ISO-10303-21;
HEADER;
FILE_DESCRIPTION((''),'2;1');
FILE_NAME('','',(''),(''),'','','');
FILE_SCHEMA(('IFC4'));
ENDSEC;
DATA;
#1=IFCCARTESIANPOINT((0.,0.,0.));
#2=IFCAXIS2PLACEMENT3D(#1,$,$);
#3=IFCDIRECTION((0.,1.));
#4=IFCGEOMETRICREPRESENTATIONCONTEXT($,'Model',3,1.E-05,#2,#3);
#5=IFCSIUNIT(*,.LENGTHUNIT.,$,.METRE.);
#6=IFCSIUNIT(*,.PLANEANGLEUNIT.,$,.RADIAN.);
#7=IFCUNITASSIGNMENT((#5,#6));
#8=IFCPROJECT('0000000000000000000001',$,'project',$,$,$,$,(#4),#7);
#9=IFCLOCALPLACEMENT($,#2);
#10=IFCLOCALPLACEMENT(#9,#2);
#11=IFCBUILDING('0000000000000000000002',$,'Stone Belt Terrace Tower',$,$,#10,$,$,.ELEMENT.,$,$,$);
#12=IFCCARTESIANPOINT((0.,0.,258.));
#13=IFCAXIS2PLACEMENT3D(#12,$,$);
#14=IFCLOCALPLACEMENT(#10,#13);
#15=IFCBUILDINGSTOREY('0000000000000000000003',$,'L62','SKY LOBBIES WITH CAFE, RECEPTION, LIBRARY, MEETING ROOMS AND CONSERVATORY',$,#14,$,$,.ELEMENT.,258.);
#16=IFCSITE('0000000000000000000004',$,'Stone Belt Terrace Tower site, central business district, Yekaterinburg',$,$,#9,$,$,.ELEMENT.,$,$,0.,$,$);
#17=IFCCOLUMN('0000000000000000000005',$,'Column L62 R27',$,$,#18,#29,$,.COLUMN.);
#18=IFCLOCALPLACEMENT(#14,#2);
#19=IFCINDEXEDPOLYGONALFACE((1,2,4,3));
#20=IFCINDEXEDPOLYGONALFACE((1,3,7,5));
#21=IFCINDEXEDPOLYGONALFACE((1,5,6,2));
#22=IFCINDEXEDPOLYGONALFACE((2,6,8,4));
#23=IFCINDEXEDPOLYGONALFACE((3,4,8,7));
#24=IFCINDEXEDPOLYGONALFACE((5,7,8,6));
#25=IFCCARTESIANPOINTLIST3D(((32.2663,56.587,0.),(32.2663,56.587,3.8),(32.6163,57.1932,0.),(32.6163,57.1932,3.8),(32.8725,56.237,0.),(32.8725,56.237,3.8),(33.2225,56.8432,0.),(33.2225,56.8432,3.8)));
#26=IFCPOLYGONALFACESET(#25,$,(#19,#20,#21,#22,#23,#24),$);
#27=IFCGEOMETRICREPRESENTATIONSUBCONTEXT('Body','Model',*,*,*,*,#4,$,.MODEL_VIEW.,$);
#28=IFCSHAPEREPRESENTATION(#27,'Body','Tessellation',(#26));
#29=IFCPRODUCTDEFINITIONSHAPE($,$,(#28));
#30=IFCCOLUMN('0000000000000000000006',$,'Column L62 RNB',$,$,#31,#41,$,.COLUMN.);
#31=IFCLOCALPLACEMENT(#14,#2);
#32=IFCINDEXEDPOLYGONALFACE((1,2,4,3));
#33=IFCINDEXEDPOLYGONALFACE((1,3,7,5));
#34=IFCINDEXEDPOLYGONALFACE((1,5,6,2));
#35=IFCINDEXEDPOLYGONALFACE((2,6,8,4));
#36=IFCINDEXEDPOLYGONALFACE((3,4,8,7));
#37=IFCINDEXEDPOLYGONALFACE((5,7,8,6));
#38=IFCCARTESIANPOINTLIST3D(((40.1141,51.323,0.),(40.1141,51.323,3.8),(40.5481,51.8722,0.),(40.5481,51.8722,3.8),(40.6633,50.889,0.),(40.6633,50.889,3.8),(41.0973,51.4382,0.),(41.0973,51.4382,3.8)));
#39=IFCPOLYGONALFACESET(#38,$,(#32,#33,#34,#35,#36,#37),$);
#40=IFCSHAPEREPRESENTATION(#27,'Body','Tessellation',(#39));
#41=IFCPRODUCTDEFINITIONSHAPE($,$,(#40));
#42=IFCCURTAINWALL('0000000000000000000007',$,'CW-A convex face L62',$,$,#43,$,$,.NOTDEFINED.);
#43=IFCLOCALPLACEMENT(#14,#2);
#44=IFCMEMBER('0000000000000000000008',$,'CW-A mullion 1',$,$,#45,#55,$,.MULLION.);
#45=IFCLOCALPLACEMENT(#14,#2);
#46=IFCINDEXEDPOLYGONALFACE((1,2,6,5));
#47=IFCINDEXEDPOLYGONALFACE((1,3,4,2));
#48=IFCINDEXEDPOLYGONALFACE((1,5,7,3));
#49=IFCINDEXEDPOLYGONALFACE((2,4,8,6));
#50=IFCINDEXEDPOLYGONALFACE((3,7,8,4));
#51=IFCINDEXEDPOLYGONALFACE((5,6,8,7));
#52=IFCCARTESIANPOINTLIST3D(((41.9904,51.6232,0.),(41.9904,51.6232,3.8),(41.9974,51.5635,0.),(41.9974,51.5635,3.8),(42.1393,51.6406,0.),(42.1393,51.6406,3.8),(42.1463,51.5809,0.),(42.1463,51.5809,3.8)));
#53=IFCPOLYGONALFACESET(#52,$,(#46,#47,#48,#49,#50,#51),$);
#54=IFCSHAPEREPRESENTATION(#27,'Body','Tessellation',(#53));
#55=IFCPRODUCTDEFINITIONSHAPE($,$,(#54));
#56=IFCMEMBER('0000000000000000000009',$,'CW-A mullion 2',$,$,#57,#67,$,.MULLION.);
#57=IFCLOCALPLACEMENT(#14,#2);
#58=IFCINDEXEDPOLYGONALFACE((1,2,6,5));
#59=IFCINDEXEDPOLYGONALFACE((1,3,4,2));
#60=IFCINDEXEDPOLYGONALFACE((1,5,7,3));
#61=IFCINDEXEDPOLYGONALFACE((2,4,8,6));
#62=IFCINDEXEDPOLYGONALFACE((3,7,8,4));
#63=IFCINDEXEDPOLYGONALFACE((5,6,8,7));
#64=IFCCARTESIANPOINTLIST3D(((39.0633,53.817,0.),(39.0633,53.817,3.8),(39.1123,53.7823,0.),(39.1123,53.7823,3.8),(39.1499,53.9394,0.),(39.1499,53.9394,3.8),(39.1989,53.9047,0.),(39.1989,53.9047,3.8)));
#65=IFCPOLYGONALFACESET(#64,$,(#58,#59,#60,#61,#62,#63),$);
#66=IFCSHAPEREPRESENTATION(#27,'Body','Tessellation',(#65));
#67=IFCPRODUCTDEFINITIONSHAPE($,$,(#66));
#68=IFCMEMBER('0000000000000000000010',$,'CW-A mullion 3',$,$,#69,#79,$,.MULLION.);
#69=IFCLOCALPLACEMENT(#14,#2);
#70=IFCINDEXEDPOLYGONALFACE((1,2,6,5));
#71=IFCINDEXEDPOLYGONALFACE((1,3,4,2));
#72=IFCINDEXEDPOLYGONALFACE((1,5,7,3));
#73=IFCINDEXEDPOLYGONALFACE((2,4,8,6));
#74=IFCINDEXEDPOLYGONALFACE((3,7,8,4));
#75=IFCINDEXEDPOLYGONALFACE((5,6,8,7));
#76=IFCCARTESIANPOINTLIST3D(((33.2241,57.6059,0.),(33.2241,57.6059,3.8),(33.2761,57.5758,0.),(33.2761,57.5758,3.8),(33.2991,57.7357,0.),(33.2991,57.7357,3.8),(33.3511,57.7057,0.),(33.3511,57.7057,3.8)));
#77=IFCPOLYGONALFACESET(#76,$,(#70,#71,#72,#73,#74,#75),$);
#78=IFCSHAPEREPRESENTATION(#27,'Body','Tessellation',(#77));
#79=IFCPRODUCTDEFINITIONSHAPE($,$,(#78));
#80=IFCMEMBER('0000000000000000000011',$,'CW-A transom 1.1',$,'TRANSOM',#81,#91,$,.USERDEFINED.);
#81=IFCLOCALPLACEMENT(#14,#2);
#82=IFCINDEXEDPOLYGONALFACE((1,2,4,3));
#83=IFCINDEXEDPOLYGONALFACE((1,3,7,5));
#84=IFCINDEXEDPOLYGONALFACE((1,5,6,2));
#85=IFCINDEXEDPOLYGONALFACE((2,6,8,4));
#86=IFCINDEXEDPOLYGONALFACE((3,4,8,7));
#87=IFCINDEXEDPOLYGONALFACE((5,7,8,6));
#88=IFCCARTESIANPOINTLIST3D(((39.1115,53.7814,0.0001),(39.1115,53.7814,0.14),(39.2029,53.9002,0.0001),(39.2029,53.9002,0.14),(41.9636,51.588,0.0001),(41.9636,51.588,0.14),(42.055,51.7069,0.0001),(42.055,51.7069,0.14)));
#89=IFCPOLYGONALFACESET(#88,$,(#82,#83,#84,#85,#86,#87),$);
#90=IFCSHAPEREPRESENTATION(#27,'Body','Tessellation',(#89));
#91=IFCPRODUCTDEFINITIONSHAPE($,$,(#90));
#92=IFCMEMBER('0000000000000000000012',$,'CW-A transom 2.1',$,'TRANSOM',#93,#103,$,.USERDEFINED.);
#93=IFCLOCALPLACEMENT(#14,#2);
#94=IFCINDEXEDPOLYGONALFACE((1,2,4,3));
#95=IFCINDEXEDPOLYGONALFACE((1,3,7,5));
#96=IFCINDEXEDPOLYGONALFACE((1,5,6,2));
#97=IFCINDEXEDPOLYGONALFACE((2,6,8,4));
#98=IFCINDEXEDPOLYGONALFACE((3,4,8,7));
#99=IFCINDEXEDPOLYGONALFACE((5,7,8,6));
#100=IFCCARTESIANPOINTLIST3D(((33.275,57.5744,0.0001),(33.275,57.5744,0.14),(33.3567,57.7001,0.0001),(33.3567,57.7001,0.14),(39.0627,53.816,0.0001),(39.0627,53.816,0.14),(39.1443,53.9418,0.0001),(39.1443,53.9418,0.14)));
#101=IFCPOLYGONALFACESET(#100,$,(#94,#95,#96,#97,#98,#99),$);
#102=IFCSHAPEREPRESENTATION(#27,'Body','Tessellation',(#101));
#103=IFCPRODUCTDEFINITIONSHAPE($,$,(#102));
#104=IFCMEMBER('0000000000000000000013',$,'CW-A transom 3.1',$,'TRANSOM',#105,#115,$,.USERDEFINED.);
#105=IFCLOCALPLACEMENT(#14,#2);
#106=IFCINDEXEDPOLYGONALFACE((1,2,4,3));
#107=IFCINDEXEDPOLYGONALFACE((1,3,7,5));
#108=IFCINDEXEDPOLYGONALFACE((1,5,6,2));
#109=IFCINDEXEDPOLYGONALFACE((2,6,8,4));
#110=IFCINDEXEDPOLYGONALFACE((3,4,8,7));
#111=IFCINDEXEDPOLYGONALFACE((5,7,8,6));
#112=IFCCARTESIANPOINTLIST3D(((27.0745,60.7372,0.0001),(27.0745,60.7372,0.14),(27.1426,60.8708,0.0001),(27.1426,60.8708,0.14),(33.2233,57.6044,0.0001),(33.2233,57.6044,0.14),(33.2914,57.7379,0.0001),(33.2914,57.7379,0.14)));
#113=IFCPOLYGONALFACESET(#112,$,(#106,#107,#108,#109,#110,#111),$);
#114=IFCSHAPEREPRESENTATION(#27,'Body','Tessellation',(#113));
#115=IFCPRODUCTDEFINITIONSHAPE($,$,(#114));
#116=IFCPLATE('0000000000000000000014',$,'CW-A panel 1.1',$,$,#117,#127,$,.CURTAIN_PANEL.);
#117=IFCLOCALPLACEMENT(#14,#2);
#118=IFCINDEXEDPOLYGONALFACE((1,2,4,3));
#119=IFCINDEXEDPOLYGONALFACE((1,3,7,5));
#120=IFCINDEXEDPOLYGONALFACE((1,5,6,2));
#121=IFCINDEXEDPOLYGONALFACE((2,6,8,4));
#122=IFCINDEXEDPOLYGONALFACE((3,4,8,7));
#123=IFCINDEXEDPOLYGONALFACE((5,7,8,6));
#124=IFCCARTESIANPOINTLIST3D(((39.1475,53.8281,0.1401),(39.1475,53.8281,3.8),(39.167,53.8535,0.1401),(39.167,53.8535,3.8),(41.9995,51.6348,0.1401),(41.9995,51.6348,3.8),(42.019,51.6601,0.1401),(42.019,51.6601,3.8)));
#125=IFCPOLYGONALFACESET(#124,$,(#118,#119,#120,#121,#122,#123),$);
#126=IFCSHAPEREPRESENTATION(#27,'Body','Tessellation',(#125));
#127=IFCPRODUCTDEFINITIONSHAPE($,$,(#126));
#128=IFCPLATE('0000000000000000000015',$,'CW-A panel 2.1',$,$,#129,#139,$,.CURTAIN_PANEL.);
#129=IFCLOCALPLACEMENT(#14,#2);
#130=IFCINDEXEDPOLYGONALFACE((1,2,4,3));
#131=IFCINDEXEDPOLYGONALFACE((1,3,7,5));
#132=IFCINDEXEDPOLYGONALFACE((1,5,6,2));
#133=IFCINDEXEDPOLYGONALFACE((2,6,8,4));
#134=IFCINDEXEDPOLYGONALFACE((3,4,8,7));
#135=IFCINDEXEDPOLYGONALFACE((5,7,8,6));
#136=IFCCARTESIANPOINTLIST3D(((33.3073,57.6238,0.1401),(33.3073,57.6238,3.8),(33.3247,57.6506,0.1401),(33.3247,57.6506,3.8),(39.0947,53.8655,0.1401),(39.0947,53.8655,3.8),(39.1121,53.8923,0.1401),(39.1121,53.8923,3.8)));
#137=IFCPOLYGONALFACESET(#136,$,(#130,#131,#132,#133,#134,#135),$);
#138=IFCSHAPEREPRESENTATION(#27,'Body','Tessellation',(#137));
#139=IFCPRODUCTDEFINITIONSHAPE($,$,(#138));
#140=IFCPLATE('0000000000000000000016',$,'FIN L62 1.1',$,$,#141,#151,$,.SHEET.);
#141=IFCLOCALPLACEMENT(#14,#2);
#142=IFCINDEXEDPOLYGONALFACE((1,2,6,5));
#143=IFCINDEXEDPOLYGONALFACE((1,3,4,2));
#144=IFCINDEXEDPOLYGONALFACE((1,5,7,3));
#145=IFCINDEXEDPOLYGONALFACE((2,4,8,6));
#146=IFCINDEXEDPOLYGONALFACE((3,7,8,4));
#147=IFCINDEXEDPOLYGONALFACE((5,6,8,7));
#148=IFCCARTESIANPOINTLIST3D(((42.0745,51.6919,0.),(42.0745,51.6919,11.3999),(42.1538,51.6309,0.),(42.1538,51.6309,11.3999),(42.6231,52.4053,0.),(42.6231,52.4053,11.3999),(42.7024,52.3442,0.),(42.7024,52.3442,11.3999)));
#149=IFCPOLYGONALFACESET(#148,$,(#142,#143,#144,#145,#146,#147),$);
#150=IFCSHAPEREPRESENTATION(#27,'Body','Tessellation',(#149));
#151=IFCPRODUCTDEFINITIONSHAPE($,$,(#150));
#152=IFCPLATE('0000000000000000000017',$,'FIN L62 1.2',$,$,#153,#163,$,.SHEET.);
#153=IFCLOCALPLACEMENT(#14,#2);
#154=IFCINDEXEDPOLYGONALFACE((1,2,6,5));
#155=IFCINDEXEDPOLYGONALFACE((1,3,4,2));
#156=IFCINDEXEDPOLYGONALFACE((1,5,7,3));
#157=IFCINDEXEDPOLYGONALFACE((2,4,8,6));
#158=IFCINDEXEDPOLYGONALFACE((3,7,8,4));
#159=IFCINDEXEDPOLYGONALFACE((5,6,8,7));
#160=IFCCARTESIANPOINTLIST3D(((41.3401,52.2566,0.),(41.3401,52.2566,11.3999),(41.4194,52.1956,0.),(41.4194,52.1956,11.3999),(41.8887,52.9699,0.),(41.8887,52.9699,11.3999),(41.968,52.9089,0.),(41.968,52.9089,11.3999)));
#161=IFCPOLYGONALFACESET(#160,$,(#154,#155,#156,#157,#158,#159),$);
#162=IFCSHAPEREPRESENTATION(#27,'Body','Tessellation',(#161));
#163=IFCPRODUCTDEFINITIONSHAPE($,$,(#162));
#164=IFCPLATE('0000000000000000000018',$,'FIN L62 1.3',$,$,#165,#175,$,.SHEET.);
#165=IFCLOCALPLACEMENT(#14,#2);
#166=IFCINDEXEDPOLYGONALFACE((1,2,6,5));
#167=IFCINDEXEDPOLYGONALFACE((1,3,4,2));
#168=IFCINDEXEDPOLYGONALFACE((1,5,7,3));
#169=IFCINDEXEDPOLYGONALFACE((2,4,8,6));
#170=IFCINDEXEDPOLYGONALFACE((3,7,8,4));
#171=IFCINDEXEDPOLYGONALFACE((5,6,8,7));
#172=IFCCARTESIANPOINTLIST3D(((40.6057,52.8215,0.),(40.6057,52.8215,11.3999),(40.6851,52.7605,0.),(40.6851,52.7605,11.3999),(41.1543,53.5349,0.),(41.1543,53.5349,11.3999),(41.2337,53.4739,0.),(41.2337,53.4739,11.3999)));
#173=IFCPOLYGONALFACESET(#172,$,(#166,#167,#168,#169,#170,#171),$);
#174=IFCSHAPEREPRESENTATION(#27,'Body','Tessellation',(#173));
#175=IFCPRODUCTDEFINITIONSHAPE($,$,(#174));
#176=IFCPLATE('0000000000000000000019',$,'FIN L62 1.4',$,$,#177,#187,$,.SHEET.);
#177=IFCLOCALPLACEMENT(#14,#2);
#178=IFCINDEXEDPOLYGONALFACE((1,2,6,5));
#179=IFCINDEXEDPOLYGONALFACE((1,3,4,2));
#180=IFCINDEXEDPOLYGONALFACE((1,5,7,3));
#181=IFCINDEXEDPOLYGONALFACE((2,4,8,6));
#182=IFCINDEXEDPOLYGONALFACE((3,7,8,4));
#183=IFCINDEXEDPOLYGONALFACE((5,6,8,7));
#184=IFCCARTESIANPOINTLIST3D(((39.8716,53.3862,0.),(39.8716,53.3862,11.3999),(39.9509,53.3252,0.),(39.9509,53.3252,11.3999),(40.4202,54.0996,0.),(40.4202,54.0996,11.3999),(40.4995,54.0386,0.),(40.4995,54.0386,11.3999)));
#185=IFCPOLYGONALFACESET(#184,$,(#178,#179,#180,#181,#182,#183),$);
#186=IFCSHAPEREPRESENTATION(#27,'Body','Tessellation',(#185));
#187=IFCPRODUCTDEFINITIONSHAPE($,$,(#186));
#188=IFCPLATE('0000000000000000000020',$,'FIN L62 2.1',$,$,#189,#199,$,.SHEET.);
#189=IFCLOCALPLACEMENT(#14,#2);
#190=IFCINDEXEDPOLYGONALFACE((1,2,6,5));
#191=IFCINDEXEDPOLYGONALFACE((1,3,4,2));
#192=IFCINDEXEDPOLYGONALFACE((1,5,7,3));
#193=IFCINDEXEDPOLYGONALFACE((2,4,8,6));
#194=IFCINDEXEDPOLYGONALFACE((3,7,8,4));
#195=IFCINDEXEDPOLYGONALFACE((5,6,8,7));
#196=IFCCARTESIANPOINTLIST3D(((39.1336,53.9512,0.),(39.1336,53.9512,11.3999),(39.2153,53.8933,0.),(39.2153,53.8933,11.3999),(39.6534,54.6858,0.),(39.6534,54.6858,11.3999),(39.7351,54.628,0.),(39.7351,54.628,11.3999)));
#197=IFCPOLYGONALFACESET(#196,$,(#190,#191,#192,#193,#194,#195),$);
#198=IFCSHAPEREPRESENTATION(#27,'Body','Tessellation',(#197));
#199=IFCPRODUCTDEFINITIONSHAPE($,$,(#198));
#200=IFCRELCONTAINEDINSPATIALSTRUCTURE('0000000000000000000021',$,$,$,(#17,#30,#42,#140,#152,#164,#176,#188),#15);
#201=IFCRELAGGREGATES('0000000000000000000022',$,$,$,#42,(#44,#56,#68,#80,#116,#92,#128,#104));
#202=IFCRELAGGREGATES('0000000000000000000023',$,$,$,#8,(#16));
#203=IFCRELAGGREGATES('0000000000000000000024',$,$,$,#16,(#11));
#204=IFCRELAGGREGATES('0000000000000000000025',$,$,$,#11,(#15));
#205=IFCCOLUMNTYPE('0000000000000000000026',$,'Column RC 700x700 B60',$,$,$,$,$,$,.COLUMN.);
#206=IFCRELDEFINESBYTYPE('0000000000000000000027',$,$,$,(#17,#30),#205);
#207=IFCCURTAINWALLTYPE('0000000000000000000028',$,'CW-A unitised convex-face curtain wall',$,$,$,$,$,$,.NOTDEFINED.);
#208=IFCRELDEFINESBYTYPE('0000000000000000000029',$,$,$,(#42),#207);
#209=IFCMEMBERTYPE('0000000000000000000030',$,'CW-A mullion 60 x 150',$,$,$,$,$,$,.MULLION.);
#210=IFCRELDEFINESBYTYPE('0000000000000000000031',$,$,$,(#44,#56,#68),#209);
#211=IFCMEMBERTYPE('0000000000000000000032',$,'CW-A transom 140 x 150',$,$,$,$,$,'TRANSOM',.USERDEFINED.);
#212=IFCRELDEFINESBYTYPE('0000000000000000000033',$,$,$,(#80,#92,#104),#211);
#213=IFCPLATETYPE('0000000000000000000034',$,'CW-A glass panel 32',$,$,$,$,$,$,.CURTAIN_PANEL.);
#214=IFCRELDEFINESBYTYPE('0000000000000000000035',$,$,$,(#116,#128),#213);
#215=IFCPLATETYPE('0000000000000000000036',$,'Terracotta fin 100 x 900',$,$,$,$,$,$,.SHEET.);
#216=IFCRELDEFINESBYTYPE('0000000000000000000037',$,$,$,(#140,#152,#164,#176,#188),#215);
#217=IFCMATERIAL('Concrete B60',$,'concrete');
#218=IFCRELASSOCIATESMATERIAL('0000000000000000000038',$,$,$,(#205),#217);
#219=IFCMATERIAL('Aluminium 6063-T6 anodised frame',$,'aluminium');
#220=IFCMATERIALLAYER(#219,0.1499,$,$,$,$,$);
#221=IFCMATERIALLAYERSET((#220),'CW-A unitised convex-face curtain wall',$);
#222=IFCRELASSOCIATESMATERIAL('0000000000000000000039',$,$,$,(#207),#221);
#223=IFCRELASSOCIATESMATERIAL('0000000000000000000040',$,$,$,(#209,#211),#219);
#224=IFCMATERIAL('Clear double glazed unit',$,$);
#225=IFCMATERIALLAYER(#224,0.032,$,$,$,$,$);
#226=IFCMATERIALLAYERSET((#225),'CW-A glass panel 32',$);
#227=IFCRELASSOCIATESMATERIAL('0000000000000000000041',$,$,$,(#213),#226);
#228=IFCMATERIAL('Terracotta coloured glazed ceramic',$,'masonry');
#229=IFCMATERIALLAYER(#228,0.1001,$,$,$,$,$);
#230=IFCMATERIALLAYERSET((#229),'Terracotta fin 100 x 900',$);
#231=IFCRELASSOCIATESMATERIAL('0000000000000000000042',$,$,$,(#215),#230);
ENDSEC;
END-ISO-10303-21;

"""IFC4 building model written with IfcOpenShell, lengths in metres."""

from ifc_helpers import new_model, si_unit, direction, frame, origin, origin_2d, place, context, subcontext, project, spatial, rectangle, extrude, material, layer, layer_set, material_profile, profile_set, type_object, element, aggregate, save


model = new_model("IFC4")

# Units and contexts
model_context = context("Model", 3, precision=1e-05, world=origin(), true_north=direction((0.0, 1.0)))
body_context = subcontext(model_context, "Body", "Model", "MODEL_VIEW")
ifc_project = project(units=[si_unit("LENGTHUNIT", "METRE"), si_unit("PLANEANGLEUNIT", "RADIAN")], contexts=[model_context])

# Site, building, storey
site_placement = place(None, origin())
site = spatial("IfcSite", under=ifc_project, at=site_placement, Name="Stone Belt Terrace Tower site, central business district, Yekaterinburg", CompositionType="ELEMENT", RefElevation=0.0)
building_placement = place(site_placement, origin())
building = spatial("IfcBuilding", under=site, at=building_placement, Name="Stone Belt Terrace Tower", CompositionType="ELEMENT")
storey_placement = place(building_placement, frame((0.0, 0.0, 258.0)))
storey = spatial("IfcBuildingStorey", under=building, at=storey_placement, Name="L62", Description="SKY LOBBIES WITH CAFE, RECEPTION, LIBRARY, MEETING ROOMS AND CONSERVATORY", CompositionType="ELEMENT", Elevation=258.0)

# Columns
ifc_material_1 = material(Name="Concrete B60", Category="concrete")
ifc_material_profile_1 = material_profile(ifc_material_1, rectangle(XDim=0.7, YDim=0.7, at=origin_2d()), Name="RC 700x700")
ifc_profile_set_1 = profile_set([ifc_material_profile_1], Name="Concrete B60")
column_type = type_object("IfcColumnType", Name="Column RC 700x700 B60", PredefinedType="COLUMN", material=ifc_profile_set_1)
for number, where, z_axis, x_axis, name in (
    (1, (32.7444, 56.7151, 0.0), (0.0, 0.0, 1.0), (0.866025, -0.5, 0.0), "Column L62 R27"),
    (2, (40.6057, 51.3806, 0.0), (0.0, 0.0, 1.0), (0.78457, -0.620041, 0.0), "Column L62 RNB"),
):
    element("IfcColumn", number, at=place(storey_placement, frame(where, z_axis=z_axis, x_axis=x_axis)), inside=storey, type_object=column_type, Name=name, PredefinedType="COLUMN", context=body_context, shape_type="SweptSolid", body=[
        extrude(rectangle(XDim=0.7, YDim=0.7, at=origin_2d()), origin(), (0.0, 0.0, 1.0), 3.8),
    ])

# Curtain wall, members, plates
ifc_material_2 = material(Name="Aluminium 6063-T6 anodised frame", Category="aluminium")
ifc_layer_1 = layer(ifc_material_2, 0.1499)
ifc_layer_set_1 = layer_set([ifc_layer_1], Name="CW-A unitised convex-face curtain wall")
curtain_wall_type = type_object("IfcCurtainWallType", Name="CW-A unitised convex-face curtain wall", PredefinedType="NOTDEFINED", material=ifc_layer_set_1)
curtain_wall_placement = place(storey_placement, origin())
curtain_wall = element("IfcCurtainWall", 3, at=curtain_wall_placement, inside=storey, type_object=curtain_wall_type, Name="CW-A convex face L62", PredefinedType="NOTDEFINED")
ifc_material_profile_2 = material_profile(ifc_material_2, rectangle(XDim=0.1499, YDim=0.0601, at=origin_2d()), Name="Aluminium 6063-T6 60x150")
ifc_profile_set_2 = profile_set([ifc_material_profile_2], Name="Aluminium 6063-T6 anodised frame")
member_type_1 = type_object("IfcMemberType", Name="CW-A mullion 60 x 150", PredefinedType="MULLION", material=ifc_profile_set_2)
member_1_placement = place(storey_placement, frame((42.0684, 51.6021, 0.0), z_axis=(0.0, 0.0, 1.0), x_axis=(-0.993258, -0.115925, 0.0)))
member_1 = element("IfcMember", 4, at=member_1_placement, type_object=member_type_1, Name="CW-A mullion 1", PredefinedType="MULLION", context=body_context, shape_type="SweptSolid", body=[
    extrude(rectangle(XDim=0.1499, YDim=0.0601, at=origin_2d()), origin(), (0.0, 0.0, 1.0), 3.8),
])
member_2_placement = place(storey_placement, frame((39.1311, 53.8608, 0.0), z_axis=(0.0, 0.0, 1.0), x_axis=(-0.577587, -0.816329, 0.0)))
member_2 = element("IfcMember", 5, at=member_2_placement, type_object=member_type_1, Name="CW-A mullion 2", PredefinedType="MULLION", context=body_context, shape_type="SweptSolid", body=[
    extrude(rectangle(XDim=0.1499, YDim=0.0601, at=origin_2d()), origin(), (0.0, 0.0, 1.0), 3.8),
])
member_3_placement = place(storey_placement, frame((33.2876, 57.6558, 0.0), z_axis=(0.0, 0.0, 1.0), x_axis=(-0.5, -0.866025, 0.0)))
member_3 = element("IfcMember", 6, at=member_3_placement, type_object=member_type_1, Name="CW-A mullion 3", PredefinedType="MULLION", context=body_context, shape_type="SweptSolid", body=[
    extrude(rectangle(XDim=0.1499, YDim=0.0601, at=origin_2d()), origin(), (0.0, 0.0, 1.0), 3.8),
])
ifc_material_profile_3 = material_profile(ifc_material_2, rectangle(XDim=0.1499, YDim=0.1399, at=origin_2d()), Name="Aluminium 6063-T6 150x140")
ifc_profile_set_3 = profile_set([ifc_material_profile_3], Name="Aluminium 6063-T6 anodised frame")
member_type_2 = type_object("IfcMemberType", Name="CW-A transom 140 x 150", ElementType="TRANSOM", PredefinedType="USERDEFINED", material=ifc_profile_set_3)
member_4_placement = place(storey_placement, frame((42.0093, 51.6475, 0.0701), z_axis=(-0.792695, 0.609619, 0.0), x_axis=(-0.609619, -0.792695, 0.0)))
member_4 = element("IfcMember", 7, at=member_4_placement, type_object=member_type_2, Name="CW-A transom 1.1", ObjectType="TRANSOM", PredefinedType="USERDEFINED", context=body_context, shape_type="SweptSolid", body=[
    extrude(rectangle(XDim=0.1499, YDim=0.1399, at=origin_2d()), origin(), (0.0, 0.0, 1.0), 3.5979),
])
member_5_placement = place(storey_placement, frame((39.1035, 53.8789, 0.0701), z_axis=(-0.838684, 0.544618, 0.0), x_axis=(-0.544618, -0.838684, 0.0)))
member_5 = element("IfcMember", 8, at=member_5_placement, type_object=member_type_2, Name="CW-A transom 2.1", ObjectType="TRANSOM", PredefinedType="USERDEFINED", context=body_context, shape_type="SweptSolid", body=[
    extrude(rectangle(XDim=0.1499, YDim=0.1399, at=origin_2d()), origin(), (0.0, 0.0, 1.0), 6.9009),
])
member_6_placement = place(storey_placement, frame((33.2573, 57.6711, 0.0701), z_axis=(-0.891012, 0.453979, 0.0), x_axis=(-0.453979, -0.891012, 0.0)))
member_6 = element("IfcMember", 9, at=member_6_placement, type_object=member_type_2, Name="CW-A transom 3.1", ObjectType="TRANSOM", PredefinedType="USERDEFINED", context=body_context, shape_type="SweptSolid", body=[
    extrude(rectangle(XDim=0.1499, YDim=0.1399, at=origin_2d()), origin(), (0.0, 0.0, 1.0), 6.9009),
])
ifc_material_3 = material(Name="Clear double glazed unit")
ifc_layer_2 = layer(ifc_material_3, 0.032)
ifc_layer_set_2 = layer_set([ifc_layer_2], Name="CW-A glass panel 32")
plate_type_1 = type_object("IfcPlateType", Name="CW-A glass panel 32", PredefinedType="CURTAIN_PANEL", material=ifc_layer_set_2)
plate_1_placement = place(storey_placement, frame((40.5833, 52.7441, 0.1401), z_axis=(0.0, 0.0, 1.0), x_axis=(-0.792694, 0.60962, 0.0)))
plate_1 = element("IfcPlate", 10, at=plate_1_placement, type_object=plate_type_1, Name="CW-A panel 1.1", PredefinedType="CURTAIN_PANEL", context=body_context, shape_type="SweptSolid", body=[
    extrude(rectangle(XDim=3.5979, YDim=0.032, at=origin_2d()), origin(), (0.0, 0.0, 1.0), 3.6599),
])
plate_2_placement = place(storey_placement, frame((36.2097, 55.7581, 0.1401), z_axis=(0.0, 0.0, 1.0), x_axis=(-0.838671, 0.544639, 0.0)))
plate_2 = element("IfcPlate", 11, at=plate_2_placement, type_object=plate_type_1, Name="CW-A panel 2.1", PredefinedType="CURTAIN_PANEL", context=body_context, shape_type="SweptSolid", body=[
    extrude(rectangle(XDim=6.9006, YDim=0.032, at=origin_2d()), origin(), (0.0, 0.0, 1.0), 3.6599),
])
aggregate(curtain_wall, [member_1, member_2, member_3, member_4, plate_1, member_5, plate_2, member_6])

# Plates
ifc_material_4 = material(Name="Terracotta coloured glazed ceramic", Category="masonry")
ifc_layer_3 = layer(ifc_material_4, 0.1001)
ifc_layer_set_3 = layer_set([ifc_layer_3], Name="Terracotta fin 100 x 900")
plate_type_2 = type_object("IfcPlateType", Name="Terracotta fin 100 x 900", PredefinedType="SHEET", material=ifc_layer_set_3)
for number, where, z_axis, x_axis, name in (
    (12, (42.3884, 52.0181, 0.0), (0.0, 0.0, 1.0), (0.60962, 0.792694, 0.0), "FIN L62 1.1"),
    (13, (41.6541, 52.5828, 0.0), (0.0, 0.0, 1.0), (0.60962, 0.792694, 0.0), "FIN L62 1.2"),
    (14, (40.9197, 53.1477, 0.0), (0.0, 0.0, 1.0), (0.60962, 0.792694, 0.0), "FIN L62 1.3"),
    (15, (40.1855, 53.7124, 0.0), (0.0, 0.0, 1.0), (0.60962, 0.792694, 0.0), "FIN L62 1.4"),
    (16, (39.4343, 54.2896, 0.0), (0.0, 0.0, 1.0), (0.577587, 0.816329, 0.0), "FIN L62 2.1"),
):
    element("IfcPlate", number, at=place(storey_placement, frame(where, z_axis=z_axis, x_axis=x_axis)), inside=storey, type_object=plate_type_2, Name=name, PredefinedType="SHEET", context=body_context, shape_type="SweptSolid", body=[
        extrude(rectangle(XDim=0.8999, YDim=0.1001, at=origin_2d()), origin(), (0.0, 0.0, 1.0), 11.3999),
    ])

save(model, "model.ifc")
